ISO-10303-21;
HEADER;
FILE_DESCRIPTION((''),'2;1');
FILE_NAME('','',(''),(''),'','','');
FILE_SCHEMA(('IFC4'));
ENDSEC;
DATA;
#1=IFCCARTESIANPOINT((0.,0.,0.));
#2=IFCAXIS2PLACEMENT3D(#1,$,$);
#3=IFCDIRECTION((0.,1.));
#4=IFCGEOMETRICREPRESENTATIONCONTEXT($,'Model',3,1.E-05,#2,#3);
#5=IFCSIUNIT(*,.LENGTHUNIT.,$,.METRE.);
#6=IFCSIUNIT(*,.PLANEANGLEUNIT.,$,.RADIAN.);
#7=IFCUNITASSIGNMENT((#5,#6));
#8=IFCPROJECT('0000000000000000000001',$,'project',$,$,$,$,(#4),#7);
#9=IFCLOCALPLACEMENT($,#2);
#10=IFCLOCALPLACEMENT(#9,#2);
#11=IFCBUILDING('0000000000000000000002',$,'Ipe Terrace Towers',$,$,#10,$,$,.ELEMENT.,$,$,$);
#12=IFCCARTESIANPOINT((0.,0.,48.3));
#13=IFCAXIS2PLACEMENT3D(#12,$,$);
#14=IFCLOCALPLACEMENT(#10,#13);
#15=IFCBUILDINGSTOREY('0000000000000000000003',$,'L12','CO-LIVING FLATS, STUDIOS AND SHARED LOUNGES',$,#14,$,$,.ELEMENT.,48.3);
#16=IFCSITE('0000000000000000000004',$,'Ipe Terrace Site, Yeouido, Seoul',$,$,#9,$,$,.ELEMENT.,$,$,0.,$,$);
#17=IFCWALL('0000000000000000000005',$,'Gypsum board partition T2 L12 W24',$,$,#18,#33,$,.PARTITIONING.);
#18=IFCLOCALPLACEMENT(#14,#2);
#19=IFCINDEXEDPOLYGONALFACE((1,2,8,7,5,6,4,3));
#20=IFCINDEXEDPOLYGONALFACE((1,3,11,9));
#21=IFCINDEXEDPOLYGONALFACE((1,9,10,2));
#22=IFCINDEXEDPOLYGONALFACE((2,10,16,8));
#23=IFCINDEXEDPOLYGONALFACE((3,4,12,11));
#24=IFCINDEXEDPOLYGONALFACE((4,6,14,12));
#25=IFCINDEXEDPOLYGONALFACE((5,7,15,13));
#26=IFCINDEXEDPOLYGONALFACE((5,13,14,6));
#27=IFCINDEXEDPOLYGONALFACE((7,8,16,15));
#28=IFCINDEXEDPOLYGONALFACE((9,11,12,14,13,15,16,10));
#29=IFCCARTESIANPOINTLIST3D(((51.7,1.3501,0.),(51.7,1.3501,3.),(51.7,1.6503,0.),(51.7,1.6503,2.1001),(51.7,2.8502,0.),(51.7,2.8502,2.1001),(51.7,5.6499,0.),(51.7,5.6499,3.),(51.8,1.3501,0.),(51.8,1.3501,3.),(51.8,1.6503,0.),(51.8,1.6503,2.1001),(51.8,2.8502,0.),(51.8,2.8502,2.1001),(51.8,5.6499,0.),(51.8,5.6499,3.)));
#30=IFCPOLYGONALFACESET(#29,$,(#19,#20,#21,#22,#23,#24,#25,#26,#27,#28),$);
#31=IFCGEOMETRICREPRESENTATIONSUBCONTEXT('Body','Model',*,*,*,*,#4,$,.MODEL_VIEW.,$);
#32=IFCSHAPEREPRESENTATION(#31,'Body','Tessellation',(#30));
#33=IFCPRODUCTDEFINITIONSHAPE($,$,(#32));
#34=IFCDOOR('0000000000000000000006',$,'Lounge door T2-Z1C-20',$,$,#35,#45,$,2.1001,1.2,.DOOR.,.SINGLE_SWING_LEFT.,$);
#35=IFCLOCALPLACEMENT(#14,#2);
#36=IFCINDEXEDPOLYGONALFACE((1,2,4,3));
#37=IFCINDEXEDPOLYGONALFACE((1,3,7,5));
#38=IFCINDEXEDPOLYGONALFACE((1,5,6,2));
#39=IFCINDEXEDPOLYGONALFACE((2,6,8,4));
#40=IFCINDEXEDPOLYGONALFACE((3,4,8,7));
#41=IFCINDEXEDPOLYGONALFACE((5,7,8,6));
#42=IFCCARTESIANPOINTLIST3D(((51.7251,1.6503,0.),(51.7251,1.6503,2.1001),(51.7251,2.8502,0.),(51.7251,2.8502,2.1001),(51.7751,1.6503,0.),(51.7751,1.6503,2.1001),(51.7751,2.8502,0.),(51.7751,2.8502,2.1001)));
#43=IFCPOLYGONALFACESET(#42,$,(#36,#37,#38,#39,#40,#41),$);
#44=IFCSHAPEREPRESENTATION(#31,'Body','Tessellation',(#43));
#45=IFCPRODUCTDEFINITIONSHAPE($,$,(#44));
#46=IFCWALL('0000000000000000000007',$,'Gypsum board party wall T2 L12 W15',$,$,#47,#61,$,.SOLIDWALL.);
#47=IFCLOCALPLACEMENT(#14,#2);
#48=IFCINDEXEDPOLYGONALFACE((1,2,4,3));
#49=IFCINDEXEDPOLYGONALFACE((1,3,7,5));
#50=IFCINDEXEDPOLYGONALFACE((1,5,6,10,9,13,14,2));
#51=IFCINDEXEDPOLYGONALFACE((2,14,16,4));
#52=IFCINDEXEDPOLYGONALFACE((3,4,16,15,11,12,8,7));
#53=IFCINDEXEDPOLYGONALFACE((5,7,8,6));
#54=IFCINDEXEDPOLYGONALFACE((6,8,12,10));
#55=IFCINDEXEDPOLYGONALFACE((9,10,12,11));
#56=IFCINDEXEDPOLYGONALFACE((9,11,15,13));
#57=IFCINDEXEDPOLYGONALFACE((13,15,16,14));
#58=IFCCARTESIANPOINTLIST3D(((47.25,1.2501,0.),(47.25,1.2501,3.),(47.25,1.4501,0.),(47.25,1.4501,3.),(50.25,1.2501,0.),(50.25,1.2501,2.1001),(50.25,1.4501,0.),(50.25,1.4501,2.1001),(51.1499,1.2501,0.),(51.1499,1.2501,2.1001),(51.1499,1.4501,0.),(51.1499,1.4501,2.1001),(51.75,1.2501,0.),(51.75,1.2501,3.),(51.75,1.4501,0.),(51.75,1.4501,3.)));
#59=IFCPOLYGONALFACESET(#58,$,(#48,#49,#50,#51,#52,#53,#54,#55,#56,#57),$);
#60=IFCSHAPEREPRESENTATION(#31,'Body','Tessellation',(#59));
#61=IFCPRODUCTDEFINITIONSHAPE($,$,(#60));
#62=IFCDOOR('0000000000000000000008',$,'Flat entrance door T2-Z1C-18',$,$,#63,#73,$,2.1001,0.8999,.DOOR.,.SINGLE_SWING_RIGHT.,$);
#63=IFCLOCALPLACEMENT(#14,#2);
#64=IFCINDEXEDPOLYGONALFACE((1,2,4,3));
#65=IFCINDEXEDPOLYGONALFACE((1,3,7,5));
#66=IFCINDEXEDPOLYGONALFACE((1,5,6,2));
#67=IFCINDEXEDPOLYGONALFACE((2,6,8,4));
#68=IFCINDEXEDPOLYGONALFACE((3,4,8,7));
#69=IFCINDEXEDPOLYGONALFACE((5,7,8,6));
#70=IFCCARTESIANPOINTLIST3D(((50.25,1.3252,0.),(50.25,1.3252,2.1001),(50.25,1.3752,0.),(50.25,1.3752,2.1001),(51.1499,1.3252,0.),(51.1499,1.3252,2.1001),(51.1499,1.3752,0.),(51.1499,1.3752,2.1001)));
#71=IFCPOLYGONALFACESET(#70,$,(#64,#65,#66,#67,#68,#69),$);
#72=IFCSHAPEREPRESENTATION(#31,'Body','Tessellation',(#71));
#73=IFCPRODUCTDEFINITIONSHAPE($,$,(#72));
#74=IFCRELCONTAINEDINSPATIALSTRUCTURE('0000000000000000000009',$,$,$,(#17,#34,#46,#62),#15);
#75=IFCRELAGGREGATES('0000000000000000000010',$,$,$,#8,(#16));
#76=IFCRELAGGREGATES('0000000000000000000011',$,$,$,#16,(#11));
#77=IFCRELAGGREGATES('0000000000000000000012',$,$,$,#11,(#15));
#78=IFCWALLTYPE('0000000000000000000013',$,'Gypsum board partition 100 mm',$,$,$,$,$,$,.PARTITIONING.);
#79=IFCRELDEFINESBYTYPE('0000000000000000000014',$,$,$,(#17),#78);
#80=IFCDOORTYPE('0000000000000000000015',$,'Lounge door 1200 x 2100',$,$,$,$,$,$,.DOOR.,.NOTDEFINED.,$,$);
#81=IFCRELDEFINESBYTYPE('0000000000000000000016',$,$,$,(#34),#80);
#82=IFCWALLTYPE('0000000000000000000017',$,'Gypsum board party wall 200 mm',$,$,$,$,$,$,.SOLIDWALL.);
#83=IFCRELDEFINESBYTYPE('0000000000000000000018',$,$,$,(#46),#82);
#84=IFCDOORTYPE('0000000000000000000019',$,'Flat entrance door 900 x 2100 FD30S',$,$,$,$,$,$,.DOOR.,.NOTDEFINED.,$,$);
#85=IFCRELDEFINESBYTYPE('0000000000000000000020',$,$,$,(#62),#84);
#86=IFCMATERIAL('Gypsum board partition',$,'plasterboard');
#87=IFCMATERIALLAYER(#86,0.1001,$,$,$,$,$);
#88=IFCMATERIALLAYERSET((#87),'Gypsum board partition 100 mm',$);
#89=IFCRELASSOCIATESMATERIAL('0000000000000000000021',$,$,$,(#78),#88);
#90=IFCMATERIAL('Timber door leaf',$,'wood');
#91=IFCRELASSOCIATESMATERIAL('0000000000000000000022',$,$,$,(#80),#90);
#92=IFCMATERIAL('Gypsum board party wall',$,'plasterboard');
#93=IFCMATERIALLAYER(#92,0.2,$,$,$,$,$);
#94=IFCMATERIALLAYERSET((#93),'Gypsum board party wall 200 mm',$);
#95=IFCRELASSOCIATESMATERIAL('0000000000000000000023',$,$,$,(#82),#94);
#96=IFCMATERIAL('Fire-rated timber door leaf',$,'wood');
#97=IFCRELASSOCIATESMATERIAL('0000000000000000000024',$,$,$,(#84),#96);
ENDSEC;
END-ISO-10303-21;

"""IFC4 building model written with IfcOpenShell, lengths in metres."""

from ifc_helpers import new_model, si_unit, direction, frame, frame_2d, origin, place, context, subcontext, project, spatial, rectangle, extrude, material, layer, layer_set, type_object, element, fill, save


model = new_model("IFC4")

# Units and contexts
model_context = context("Model", 3, precision=1e-05, world=origin(), true_north=direction((0.0, 1.0)))
body_context = subcontext(model_context, "Body", "Model", "MODEL_VIEW")
ifc_project = project(units=[si_unit("LENGTHUNIT", "METRE"), si_unit("PLANEANGLEUNIT", "RADIAN")], contexts=[model_context])

# Site, building, storey
site_placement = place(None, origin())
site = spatial("IfcSite", under=ifc_project, at=site_placement, Name="Ipe Terrace Site, Yeouido, Seoul", CompositionType="ELEMENT", RefElevation=0.0)
building_placement = place(site_placement, origin())
building = spatial("IfcBuilding", under=site, at=building_placement, Name="Ipe Terrace Towers", CompositionType="ELEMENT")
storey_placement = place(building_placement, frame((0.0, 0.0, 48.3)))
storey = spatial("IfcBuildingStorey", under=building, at=storey_placement, Name="L12", Description="CO-LIVING FLATS, STUDIOS AND SHARED LOUNGES", CompositionType="ELEMENT", Elevation=48.3)

# Shared definitions
ifc_material_1 = material(Name="Gypsum board partition", Category="plasterboard")
ifc_layer_1 = layer(ifc_material_1, 0.1001)
ifc_layer_set_1 = layer_set([ifc_layer_1], Name="Gypsum board partition 100 mm")
wall_type_1 = type_object("IfcWallType", Name="Gypsum board partition 100 mm", PredefinedType="PARTITIONING", material=ifc_layer_set_1)

# Walls, openings, doors
wall_1_placement = place(storey_placement, frame((51.75, 1.3501, 0.0), z_axis=(0.0, 0.0, 1.0), x_axis=(0.0, 1.0, 0.0)))
wall_1 = element("IfcWall", 1, at=wall_1_placement, inside=storey, type_object=wall_type_1, Name="Gypsum board partition T2 L12 W24", PredefinedType="PARTITIONING", context=body_context, shape_type="SweptSolid", body=[
    extrude(rectangle(XDim=4.2998, YDim=0.1001, at=frame_2d((2.1499, 0.0))), origin(), (0.0, 0.0, 1.0), 3.0),
])
opening_1_placement = place(wall_1_placement, frame((0.3, 0.0, 0.0)))
opening_1 = element("IfcOpeningElement", 2, at=opening_1_placement, cuts=wall_1, PredefinedType="OPENING", context=body_context, shape_type="SweptSolid", body=[
    extrude(rectangle(XDim=1.2, YDim=2.1001, at=frame_2d((0.6001, 1.05))), frame((0.0, 0.0601, 0.0), z_axis=(0.0, -1.0, 0.0), x_axis=(1.0, 0.0, 0.0)), (0.0, 0.0, 1.0), 0.1201),
])
ifc_material_2 = material(Name="Timber door leaf", Category="wood")
door_type_1 = type_object("IfcDoorType", Name="Lounge door 1200 x 2100", OperationType="NOTDEFINED", PredefinedType="DOOR", material=ifc_material_2)
door_1_placement = place(opening_1_placement, origin())
door_1 = element("IfcDoor", 3, at=door_1_placement, inside=storey, type_object=door_type_1, Name="Lounge door T2-Z1C-20", OperationType="SINGLE_SWING_LEFT", OverallHeight=2.1001, OverallWidth=1.2, PredefinedType="DOOR", context=body_context, shape_type="SweptSolid", body=[
    extrude(rectangle(XDim=1.2, YDim=2.1001, at=frame_2d((0.6001, 1.05))), frame((0.0, 0.0249, 0.0), z_axis=(0.0, -1.0, 0.0), x_axis=(1.0, 0.0, 0.0)), (0.0, 0.0, 1.0), 0.05),
])
fill(opening_1, door_1)
ifc_material_3 = material(Name="Gypsum board party wall", Category="plasterboard")
ifc_layer_2 = layer(ifc_material_3, 0.2)
ifc_layer_set_2 = layer_set([ifc_layer_2], Name="Gypsum board party wall 200 mm")
wall_type_2 = type_object("IfcWallType", Name="Gypsum board party wall 200 mm", PredefinedType="SOLIDWALL", material=ifc_layer_set_2)
wall_2_placement = place(storey_placement, frame((51.75, 1.3501, 0.0), z_axis=(0.0, 0.0, 1.0), x_axis=(-1.0, 0.0, 0.0)))
wall_2 = element("IfcWall", 4, at=wall_2_placement, inside=storey, type_object=wall_type_2, Name="Gypsum board party wall T2 L12 W15", PredefinedType="SOLIDWALL", context=body_context, shape_type="SweptSolid", body=[
    extrude(rectangle(XDim=4.5, YDim=0.2, at=frame_2d((2.25, 0.0))), origin(), (0.0, 0.0, 1.0), 3.0),
])
opening_2_placement = place(wall_2_placement, frame((0.6001, 0.0, 0.0)))
opening_2 = element("IfcOpeningElement", 5, at=opening_2_placement, cuts=wall_2, PredefinedType="OPENING", context=body_context, shape_type="SweptSolid", body=[
    extrude(rectangle(XDim=0.8999, YDim=2.1001, at=frame_2d((0.45, 1.05))), frame((0.0, 0.1099, 0.0), z_axis=(0.0, -1.0, 0.0), x_axis=(1.0, 0.0, 0.0)), (0.0, 0.0, 1.0), 0.22),
])
ifc_material_4 = material(Name="Fire-rated timber door leaf", Category="wood")
door_type_2 = type_object("IfcDoorType", Name="Flat entrance door 900 x 2100 FD30S", OperationType="NOTDEFINED", PredefinedType="DOOR", material=ifc_material_4)
door_2_placement = place(opening_2_placement, origin())
door_2 = element("IfcDoor", 6, at=door_2_placement, inside=storey, type_object=door_type_2, Name="Flat entrance door T2-Z1C-18", OperationType="SINGLE_SWING_RIGHT", OverallHeight=2.1001, OverallWidth=0.8999, PredefinedType="DOOR", context=body_context, shape_type="SweptSolid", body=[
    extrude(rectangle(XDim=0.8999, YDim=2.1001, at=frame_2d((0.45, 1.05))), frame((0.0, 0.0249, 0.0), z_axis=(0.0, -1.0, 0.0), x_axis=(1.0, 0.0, 0.0)), (0.0, 0.0, 1.0), 0.05),
])
fill(opening_2, door_2)

save(model, "model.ifc")
